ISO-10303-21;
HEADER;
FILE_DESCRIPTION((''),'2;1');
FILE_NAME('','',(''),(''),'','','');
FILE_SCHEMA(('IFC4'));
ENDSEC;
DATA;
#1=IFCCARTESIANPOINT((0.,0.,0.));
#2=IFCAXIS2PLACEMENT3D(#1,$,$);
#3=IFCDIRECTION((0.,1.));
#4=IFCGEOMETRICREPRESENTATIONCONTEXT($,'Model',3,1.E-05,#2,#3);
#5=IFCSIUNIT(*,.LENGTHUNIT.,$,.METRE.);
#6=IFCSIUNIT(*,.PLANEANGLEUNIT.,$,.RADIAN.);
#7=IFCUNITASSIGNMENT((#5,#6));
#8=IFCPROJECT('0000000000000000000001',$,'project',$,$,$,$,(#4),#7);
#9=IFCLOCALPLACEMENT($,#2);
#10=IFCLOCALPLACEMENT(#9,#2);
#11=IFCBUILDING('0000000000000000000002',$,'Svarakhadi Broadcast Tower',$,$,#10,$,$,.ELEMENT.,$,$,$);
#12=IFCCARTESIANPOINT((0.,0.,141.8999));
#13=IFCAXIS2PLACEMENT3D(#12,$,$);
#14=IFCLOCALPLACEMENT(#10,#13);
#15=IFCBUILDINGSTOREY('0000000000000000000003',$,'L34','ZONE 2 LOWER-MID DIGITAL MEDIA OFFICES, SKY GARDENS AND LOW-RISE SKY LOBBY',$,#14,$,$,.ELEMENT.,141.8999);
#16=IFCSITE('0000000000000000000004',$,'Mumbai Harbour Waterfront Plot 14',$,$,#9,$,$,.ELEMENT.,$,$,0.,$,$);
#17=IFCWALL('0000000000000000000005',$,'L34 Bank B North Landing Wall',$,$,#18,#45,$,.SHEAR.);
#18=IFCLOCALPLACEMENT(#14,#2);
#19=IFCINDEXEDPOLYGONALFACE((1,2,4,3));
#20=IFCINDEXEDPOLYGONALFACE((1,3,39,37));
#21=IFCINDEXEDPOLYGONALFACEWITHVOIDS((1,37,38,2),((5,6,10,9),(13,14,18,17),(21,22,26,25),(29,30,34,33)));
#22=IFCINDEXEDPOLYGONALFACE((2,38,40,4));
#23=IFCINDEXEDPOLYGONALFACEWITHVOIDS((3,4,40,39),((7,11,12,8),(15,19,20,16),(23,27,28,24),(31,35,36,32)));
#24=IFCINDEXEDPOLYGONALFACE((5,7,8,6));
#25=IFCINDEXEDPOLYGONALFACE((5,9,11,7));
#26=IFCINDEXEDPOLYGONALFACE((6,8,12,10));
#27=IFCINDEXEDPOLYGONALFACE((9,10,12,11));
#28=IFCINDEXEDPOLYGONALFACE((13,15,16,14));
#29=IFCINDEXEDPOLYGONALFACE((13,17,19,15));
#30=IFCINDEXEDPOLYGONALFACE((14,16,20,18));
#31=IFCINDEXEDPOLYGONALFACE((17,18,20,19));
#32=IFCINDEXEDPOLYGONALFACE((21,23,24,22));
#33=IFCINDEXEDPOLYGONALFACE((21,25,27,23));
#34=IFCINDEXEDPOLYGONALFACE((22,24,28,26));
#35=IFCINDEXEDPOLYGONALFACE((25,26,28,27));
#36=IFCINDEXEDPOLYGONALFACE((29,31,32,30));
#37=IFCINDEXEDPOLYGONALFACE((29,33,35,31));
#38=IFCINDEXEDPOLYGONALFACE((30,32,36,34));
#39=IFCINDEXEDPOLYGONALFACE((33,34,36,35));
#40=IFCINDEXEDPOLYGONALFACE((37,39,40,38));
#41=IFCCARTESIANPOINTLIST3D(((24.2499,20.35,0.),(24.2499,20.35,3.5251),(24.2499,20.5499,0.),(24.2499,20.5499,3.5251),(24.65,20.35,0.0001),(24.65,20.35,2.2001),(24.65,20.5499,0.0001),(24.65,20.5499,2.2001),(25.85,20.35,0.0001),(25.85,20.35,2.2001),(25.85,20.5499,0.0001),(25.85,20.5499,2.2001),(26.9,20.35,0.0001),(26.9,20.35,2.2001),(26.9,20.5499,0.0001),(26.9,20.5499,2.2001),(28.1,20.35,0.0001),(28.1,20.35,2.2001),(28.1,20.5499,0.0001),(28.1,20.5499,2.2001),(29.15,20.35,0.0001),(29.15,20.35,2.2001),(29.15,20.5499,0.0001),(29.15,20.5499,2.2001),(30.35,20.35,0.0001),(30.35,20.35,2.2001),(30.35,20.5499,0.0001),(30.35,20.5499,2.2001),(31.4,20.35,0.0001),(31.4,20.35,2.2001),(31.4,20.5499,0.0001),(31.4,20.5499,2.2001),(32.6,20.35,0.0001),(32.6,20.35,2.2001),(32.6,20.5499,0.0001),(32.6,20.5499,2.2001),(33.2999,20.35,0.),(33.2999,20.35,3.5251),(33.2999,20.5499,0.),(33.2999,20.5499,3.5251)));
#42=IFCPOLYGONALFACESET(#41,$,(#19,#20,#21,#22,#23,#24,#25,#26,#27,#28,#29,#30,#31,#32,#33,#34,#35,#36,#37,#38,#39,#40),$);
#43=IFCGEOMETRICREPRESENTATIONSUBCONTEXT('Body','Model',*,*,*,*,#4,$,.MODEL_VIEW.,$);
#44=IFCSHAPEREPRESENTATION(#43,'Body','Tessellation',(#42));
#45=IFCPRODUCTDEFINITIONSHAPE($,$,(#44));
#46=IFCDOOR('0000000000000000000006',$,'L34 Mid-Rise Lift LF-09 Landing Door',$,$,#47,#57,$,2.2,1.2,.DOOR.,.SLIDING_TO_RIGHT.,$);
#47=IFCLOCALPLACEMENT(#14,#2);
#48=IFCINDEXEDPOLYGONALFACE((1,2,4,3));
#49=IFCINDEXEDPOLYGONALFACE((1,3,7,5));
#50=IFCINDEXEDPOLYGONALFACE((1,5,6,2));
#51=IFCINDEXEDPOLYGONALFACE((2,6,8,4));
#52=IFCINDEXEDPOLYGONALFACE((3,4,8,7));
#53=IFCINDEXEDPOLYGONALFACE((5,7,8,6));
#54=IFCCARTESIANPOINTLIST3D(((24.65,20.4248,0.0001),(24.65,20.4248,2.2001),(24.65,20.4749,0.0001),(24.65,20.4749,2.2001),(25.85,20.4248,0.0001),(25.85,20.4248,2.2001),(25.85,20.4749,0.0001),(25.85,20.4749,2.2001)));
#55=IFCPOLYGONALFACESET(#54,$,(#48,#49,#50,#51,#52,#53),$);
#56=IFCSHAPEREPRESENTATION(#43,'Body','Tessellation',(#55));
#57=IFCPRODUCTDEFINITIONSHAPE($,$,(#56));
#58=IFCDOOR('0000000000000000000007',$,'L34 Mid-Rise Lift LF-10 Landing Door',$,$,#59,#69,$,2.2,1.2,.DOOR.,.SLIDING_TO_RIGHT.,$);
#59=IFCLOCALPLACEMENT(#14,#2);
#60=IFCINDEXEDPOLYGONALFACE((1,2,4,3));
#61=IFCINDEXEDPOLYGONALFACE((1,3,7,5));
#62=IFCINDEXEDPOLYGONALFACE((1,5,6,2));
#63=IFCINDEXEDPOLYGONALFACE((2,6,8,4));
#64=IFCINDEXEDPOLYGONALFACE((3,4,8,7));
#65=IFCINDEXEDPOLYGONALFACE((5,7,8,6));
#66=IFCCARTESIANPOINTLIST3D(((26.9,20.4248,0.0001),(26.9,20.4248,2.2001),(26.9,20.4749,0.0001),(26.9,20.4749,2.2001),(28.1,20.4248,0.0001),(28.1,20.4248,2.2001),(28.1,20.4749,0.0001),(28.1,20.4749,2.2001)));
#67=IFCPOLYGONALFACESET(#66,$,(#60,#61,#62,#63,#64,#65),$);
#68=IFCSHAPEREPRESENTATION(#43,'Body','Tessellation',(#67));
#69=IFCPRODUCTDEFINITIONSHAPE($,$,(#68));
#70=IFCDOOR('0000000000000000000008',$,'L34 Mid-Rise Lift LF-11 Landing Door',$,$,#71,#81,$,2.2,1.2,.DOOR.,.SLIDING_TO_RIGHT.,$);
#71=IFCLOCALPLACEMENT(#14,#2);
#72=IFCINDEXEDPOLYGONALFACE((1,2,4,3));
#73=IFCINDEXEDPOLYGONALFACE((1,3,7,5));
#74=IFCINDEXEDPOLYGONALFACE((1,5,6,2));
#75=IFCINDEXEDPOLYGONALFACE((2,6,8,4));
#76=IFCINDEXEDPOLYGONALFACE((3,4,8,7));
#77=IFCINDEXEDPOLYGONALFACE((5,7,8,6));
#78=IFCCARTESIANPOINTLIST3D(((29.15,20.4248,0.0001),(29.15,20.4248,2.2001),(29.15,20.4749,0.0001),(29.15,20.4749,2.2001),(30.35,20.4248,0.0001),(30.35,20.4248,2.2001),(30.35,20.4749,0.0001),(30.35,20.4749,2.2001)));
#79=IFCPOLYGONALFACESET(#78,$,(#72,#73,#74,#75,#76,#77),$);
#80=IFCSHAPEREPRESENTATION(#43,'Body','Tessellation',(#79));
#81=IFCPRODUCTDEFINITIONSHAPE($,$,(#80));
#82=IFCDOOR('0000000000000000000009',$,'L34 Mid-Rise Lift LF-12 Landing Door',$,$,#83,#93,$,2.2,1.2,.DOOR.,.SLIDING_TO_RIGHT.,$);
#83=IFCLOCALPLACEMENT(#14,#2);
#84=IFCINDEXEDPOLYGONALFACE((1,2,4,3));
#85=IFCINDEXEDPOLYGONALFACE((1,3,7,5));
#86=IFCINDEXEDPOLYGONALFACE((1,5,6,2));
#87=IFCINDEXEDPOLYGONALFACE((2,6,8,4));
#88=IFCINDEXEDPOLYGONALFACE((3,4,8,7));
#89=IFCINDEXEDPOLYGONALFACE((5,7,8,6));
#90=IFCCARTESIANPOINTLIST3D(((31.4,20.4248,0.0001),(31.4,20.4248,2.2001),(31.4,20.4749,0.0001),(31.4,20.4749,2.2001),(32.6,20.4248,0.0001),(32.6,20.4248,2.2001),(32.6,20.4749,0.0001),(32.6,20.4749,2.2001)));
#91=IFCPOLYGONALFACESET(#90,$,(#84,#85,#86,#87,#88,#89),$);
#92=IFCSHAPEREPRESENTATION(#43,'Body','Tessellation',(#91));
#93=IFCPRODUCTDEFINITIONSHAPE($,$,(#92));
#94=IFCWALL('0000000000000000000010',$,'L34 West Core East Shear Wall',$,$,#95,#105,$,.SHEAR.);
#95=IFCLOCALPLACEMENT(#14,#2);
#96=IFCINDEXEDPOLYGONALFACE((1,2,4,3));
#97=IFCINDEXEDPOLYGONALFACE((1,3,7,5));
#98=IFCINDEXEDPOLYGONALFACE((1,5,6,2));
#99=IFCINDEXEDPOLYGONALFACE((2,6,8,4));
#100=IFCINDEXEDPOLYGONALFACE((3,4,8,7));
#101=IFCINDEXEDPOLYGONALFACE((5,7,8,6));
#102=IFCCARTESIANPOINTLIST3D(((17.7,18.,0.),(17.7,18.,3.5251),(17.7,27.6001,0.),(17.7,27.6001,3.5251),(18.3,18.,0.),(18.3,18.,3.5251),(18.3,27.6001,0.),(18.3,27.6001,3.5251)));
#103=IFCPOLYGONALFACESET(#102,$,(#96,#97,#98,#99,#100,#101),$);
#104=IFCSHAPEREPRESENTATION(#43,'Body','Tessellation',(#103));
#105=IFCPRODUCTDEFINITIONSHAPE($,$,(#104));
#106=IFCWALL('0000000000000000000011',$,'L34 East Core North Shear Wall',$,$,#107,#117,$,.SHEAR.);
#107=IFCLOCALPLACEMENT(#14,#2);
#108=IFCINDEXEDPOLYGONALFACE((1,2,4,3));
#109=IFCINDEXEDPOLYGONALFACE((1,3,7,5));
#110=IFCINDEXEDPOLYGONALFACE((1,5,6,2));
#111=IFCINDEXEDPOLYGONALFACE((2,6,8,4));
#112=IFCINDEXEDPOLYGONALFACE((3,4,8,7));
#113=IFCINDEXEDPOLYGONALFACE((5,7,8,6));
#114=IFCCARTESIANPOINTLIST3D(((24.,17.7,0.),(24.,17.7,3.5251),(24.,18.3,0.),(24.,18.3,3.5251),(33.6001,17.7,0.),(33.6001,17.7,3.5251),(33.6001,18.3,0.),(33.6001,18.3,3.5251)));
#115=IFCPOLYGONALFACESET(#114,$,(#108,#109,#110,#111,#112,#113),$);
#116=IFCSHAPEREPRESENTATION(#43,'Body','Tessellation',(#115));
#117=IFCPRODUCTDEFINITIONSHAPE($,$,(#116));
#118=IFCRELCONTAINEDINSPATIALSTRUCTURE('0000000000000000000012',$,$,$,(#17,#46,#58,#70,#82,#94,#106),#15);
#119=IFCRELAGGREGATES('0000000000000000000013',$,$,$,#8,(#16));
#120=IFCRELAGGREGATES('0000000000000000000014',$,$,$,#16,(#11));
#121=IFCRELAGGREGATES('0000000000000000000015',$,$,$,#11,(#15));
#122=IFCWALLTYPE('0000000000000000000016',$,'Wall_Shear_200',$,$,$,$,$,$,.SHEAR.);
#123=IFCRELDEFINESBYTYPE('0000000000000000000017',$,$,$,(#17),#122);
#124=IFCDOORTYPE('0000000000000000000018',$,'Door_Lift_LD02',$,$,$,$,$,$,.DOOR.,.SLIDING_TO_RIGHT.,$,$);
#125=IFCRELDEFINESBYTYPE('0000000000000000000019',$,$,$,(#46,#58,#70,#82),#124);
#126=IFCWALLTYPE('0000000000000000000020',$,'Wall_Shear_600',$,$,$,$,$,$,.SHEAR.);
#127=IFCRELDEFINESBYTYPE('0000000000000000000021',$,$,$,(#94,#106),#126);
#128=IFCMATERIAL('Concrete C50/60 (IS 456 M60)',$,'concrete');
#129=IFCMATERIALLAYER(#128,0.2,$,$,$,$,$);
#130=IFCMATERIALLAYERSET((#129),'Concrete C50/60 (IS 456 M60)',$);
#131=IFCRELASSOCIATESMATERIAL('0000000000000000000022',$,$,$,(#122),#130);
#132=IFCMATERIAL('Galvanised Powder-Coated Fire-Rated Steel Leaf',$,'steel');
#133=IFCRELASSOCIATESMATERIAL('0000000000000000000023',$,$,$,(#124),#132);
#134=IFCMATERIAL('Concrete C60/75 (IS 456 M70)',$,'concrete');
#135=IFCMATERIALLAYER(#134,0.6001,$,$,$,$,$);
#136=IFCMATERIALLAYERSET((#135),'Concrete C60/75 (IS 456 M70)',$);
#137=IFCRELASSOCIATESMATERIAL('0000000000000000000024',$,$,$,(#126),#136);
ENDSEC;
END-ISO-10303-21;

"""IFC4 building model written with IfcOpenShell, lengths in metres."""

from ifc_helpers import new_model, si_unit, direction, frame, frame_2d, origin, place, context, subcontext, project, spatial, rectangle, extrude, material, layer, layer_set, type_object, element, fill, save


model = new_model("IFC4")

# Units and contexts
model_context = context("Model", 3, precision=1e-05, world=origin(), true_north=direction((0.0, 1.0)))
body_context = subcontext(model_context, "Body", "Model", "MODEL_VIEW")
ifc_project = project(units=[si_unit("LENGTHUNIT", "METRE"), si_unit("PLANEANGLEUNIT", "RADIAN")], contexts=[model_context])

# Site, building, storey
site_placement = place(None, origin())
site = spatial("IfcSite", under=ifc_project, at=site_placement, Name="Mumbai Harbour Waterfront Plot 14", CompositionType="ELEMENT", RefElevation=0.0)
building_placement = place(site_placement, origin())
building = spatial("IfcBuilding", under=site, at=building_placement, Name="Svarakhadi Broadcast Tower", CompositionType="ELEMENT")
storey_placement = place(building_placement, frame((0.0, 0.0, 141.8999)))
storey = spatial("IfcBuildingStorey", under=building, at=storey_placement, Name="L34", Description="ZONE 2 LOWER-MID DIGITAL MEDIA OFFICES, SKY GARDENS AND LOW-RISE SKY LOBBY", CompositionType="ELEMENT", Elevation=141.8999)

# Shared definitions
ifc_material_1 = material(Name="Concrete C50/60 (IS 456 M60)", Category="concrete")

# Shared definitions
ifc_layer_1 = layer(ifc_material_1, 0.2)
ifc_layer_set_1 = layer_set([ifc_layer_1], Name="Concrete C50/60 (IS 456 M60)")
wall_type_1 = type_object("IfcWallType", Name="Wall_Shear_200", PredefinedType="SHEAR", material=ifc_layer_set_1)

# Wall, openings, doors
wall_1_placement = place(storey_placement, frame((24.25, 20.45, 0.0), z_axis=(0.0, 0.0, 1.0), x_axis=(1.0, 0.0, 0.0)))
wall_1 = element("IfcWall", 1, at=wall_1_placement, inside=storey, type_object=wall_type_1, Name="L34 Bank B North Landing Wall", PredefinedType="SHEAR", context=body_context, shape_type="SweptSolid", body=[
    extrude(rectangle(XDim=9.05, YDim=0.2, at=frame_2d((4.5249, 0.0))), origin(), (0.0, 0.0, 1.0), 3.5251),
])
opening_1_placement = place(wall_1_placement, frame((0.3999, 0.0, 0.0)))
opening_1 = element("IfcOpeningElement", 2, at=opening_1_placement, cuts=wall_1, PredefinedType="OPENING", context=body_context, shape_type="SweptSolid", body=[
    extrude(rectangle(XDim=1.2, YDim=2.2, at=frame_2d((0.6001, 1.1001))), frame((0.0, 0.1099, 0.0), z_axis=(0.0, -1.0, 0.0), x_axis=(1.0, 0.0, 0.0)), (0.0, 0.0, 1.0), 0.22),
])
opening_2_placement = place(wall_1_placement, frame((2.6499, 0.0, 0.0)))
opening_2 = element("IfcOpeningElement", 3, at=opening_2_placement, cuts=wall_1, PredefinedType="OPENING", context=body_context, shape_type="SweptSolid", body=[
    extrude(rectangle(XDim=1.2, YDim=2.2, at=frame_2d((0.6001, 1.1001))), frame((0.0, 0.1099, 0.0), z_axis=(0.0, -1.0, 0.0), x_axis=(1.0, 0.0, 0.0)), (0.0, 0.0, 1.0), 0.22),
])
opening_3_placement = place(wall_1_placement, frame((4.8999, 0.0, 0.0)))
opening_3 = element("IfcOpeningElement", 4, at=opening_3_placement, cuts=wall_1, PredefinedType="OPENING", context=body_context, shape_type="SweptSolid", body=[
    extrude(rectangle(XDim=1.2, YDim=2.2, at=frame_2d((0.6001, 1.1001))), frame((0.0, 0.1099, 0.0), z_axis=(0.0, -1.0, 0.0), x_axis=(1.0, 0.0, 0.0)), (0.0, 0.0, 1.0), 0.22),
])
opening_4_placement = place(wall_1_placement, frame((7.1499, 0.0, 0.0)))
opening_4 = element("IfcOpeningElement", 5, at=opening_4_placement, cuts=wall_1, PredefinedType="OPENING", context=body_context, shape_type="SweptSolid", body=[
    extrude(rectangle(XDim=1.2, YDim=2.2, at=frame_2d((0.6001, 1.1001))), frame((0.0, 0.1099, 0.0), z_axis=(0.0, -1.0, 0.0), x_axis=(1.0, 0.0, 0.0)), (0.0, 0.0, 1.0), 0.22),
])
ifc_material_2 = material(Name="Galvanised Powder-Coated Fire-Rated Steel Leaf", Category="steel")
door_type_1 = type_object("IfcDoorType", Name="Door_Lift_LD02", OperationType="SLIDING_TO_RIGHT", PredefinedType="DOOR", material=ifc_material_2)
door_1_placement = place(opening_1_placement, origin())
door_1 = element("IfcDoor", 6, at=door_1_placement, inside=storey, type_object=door_type_1, Name="L34 Mid-Rise Lift LF-09 Landing Door", OperationType="SLIDING_TO_RIGHT", OverallHeight=2.2, OverallWidth=1.2, PredefinedType="DOOR", context=body_context, shape_type="SweptSolid", body=[
    extrude(rectangle(XDim=1.2, YDim=2.2, at=frame_2d((0.6001, 1.1001))), frame((0.0, 0.0249, 0.0), z_axis=(0.0, -1.0, 0.0), x_axis=(1.0, 0.0, 0.0)), (0.0, 0.0, 1.0), 0.05),
])
fill(opening_1, door_1)
door_2_placement = place(opening_2_placement, origin())
door_2 = element("IfcDoor", 7, at=door_2_placement, inside=storey, type_object=door_type_1, Name="L34 Mid-Rise Lift LF-10 Landing Door", OperationType="SLIDING_TO_RIGHT", OverallHeight=2.2, OverallWidth=1.2, PredefinedType="DOOR", context=body_context, shape_type="SweptSolid", body=[
    extrude(rectangle(XDim=1.2, YDim=2.2, at=frame_2d((0.6001, 1.1001))), frame((0.0, 0.0249, 0.0), z_axis=(0.0, -1.0, 0.0), x_axis=(1.0, 0.0, 0.0)), (0.0, 0.0, 1.0), 0.05),
])
fill(opening_2, door_2)
door_3_placement = place(opening_3_placement, origin())
door_3 = element("IfcDoor", 8, at=door_3_placement, inside=storey, type_object=door_type_1, Name="L34 Mid-Rise Lift LF-11 Landing Door", OperationType="SLIDING_TO_RIGHT", OverallHeight=2.2, OverallWidth=1.2, PredefinedType="DOOR", context=body_context, shape_type="SweptSolid", body=[
    extrude(rectangle(XDim=1.2, YDim=2.2, at=frame_2d((0.6001, 1.1001))), frame((0.0, 0.0249, 0.0), z_axis=(0.0, -1.0, 0.0), x_axis=(1.0, 0.0, 0.0)), (0.0, 0.0, 1.0), 0.05),
])
fill(opening_3, door_3)
door_4_placement = place(opening_4_placement, origin())
door_4 = element("IfcDoor", 9, at=door_4_placement, inside=storey, type_object=door_type_1, Name="L34 Mid-Rise Lift LF-12 Landing Door", OperationType="SLIDING_TO_RIGHT", OverallHeight=2.2, OverallWidth=1.2, PredefinedType="DOOR", context=body_context, shape_type="SweptSolid", body=[
    extrude(rectangle(XDim=1.2, YDim=2.2, at=frame_2d((0.6001, 1.1001))), frame((0.0, 0.0249, 0.0), z_axis=(0.0, -1.0, 0.0), x_axis=(1.0, 0.0, 0.0)), (0.0, 0.0, 1.0), 0.05),
])
fill(opening_4, door_4)

# Walls
ifc_material_3 = material(Name="Concrete C60/75 (IS 456 M70)", Category="concrete")
ifc_layer_2 = layer(ifc_material_3, 0.6001)
ifc_layer_set_2 = layer_set([ifc_layer_2], Name="Concrete C60/75 (IS 456 M70)")
wall_type_2 = type_object("IfcWallType", Name="Wall_Shear_600", PredefinedType="SHEAR", material=ifc_layer_set_2)
for number, where, z_axis, x_axis, name in (
    (10, (18.0, 18.0, 0.0), (0.0, 0.0, 1.0), (0.0, 1.0, 0.0), "L34 West Core East Shear Wall"),
    (11, (24.0, 18.0, 0.0), (0.0, 0.0, 1.0), (1.0, 0.0, 0.0), "L34 East Core North Shear Wall"),
):
    element("IfcWall", number, at=place(storey_placement, frame(where, z_axis=z_axis, x_axis=x_axis)), inside=storey, type_object=wall_type_2, Name=name, PredefinedType="SHEAR", context=body_context, shape_type="SweptSolid", body=[
        extrude(rectangle(XDim=9.6001, YDim=0.6001, at=frame_2d((4.8, 0.0))), origin(), (0.0, 0.0, 1.0), 3.5251),
    ])

save(model, "model.ifc")
